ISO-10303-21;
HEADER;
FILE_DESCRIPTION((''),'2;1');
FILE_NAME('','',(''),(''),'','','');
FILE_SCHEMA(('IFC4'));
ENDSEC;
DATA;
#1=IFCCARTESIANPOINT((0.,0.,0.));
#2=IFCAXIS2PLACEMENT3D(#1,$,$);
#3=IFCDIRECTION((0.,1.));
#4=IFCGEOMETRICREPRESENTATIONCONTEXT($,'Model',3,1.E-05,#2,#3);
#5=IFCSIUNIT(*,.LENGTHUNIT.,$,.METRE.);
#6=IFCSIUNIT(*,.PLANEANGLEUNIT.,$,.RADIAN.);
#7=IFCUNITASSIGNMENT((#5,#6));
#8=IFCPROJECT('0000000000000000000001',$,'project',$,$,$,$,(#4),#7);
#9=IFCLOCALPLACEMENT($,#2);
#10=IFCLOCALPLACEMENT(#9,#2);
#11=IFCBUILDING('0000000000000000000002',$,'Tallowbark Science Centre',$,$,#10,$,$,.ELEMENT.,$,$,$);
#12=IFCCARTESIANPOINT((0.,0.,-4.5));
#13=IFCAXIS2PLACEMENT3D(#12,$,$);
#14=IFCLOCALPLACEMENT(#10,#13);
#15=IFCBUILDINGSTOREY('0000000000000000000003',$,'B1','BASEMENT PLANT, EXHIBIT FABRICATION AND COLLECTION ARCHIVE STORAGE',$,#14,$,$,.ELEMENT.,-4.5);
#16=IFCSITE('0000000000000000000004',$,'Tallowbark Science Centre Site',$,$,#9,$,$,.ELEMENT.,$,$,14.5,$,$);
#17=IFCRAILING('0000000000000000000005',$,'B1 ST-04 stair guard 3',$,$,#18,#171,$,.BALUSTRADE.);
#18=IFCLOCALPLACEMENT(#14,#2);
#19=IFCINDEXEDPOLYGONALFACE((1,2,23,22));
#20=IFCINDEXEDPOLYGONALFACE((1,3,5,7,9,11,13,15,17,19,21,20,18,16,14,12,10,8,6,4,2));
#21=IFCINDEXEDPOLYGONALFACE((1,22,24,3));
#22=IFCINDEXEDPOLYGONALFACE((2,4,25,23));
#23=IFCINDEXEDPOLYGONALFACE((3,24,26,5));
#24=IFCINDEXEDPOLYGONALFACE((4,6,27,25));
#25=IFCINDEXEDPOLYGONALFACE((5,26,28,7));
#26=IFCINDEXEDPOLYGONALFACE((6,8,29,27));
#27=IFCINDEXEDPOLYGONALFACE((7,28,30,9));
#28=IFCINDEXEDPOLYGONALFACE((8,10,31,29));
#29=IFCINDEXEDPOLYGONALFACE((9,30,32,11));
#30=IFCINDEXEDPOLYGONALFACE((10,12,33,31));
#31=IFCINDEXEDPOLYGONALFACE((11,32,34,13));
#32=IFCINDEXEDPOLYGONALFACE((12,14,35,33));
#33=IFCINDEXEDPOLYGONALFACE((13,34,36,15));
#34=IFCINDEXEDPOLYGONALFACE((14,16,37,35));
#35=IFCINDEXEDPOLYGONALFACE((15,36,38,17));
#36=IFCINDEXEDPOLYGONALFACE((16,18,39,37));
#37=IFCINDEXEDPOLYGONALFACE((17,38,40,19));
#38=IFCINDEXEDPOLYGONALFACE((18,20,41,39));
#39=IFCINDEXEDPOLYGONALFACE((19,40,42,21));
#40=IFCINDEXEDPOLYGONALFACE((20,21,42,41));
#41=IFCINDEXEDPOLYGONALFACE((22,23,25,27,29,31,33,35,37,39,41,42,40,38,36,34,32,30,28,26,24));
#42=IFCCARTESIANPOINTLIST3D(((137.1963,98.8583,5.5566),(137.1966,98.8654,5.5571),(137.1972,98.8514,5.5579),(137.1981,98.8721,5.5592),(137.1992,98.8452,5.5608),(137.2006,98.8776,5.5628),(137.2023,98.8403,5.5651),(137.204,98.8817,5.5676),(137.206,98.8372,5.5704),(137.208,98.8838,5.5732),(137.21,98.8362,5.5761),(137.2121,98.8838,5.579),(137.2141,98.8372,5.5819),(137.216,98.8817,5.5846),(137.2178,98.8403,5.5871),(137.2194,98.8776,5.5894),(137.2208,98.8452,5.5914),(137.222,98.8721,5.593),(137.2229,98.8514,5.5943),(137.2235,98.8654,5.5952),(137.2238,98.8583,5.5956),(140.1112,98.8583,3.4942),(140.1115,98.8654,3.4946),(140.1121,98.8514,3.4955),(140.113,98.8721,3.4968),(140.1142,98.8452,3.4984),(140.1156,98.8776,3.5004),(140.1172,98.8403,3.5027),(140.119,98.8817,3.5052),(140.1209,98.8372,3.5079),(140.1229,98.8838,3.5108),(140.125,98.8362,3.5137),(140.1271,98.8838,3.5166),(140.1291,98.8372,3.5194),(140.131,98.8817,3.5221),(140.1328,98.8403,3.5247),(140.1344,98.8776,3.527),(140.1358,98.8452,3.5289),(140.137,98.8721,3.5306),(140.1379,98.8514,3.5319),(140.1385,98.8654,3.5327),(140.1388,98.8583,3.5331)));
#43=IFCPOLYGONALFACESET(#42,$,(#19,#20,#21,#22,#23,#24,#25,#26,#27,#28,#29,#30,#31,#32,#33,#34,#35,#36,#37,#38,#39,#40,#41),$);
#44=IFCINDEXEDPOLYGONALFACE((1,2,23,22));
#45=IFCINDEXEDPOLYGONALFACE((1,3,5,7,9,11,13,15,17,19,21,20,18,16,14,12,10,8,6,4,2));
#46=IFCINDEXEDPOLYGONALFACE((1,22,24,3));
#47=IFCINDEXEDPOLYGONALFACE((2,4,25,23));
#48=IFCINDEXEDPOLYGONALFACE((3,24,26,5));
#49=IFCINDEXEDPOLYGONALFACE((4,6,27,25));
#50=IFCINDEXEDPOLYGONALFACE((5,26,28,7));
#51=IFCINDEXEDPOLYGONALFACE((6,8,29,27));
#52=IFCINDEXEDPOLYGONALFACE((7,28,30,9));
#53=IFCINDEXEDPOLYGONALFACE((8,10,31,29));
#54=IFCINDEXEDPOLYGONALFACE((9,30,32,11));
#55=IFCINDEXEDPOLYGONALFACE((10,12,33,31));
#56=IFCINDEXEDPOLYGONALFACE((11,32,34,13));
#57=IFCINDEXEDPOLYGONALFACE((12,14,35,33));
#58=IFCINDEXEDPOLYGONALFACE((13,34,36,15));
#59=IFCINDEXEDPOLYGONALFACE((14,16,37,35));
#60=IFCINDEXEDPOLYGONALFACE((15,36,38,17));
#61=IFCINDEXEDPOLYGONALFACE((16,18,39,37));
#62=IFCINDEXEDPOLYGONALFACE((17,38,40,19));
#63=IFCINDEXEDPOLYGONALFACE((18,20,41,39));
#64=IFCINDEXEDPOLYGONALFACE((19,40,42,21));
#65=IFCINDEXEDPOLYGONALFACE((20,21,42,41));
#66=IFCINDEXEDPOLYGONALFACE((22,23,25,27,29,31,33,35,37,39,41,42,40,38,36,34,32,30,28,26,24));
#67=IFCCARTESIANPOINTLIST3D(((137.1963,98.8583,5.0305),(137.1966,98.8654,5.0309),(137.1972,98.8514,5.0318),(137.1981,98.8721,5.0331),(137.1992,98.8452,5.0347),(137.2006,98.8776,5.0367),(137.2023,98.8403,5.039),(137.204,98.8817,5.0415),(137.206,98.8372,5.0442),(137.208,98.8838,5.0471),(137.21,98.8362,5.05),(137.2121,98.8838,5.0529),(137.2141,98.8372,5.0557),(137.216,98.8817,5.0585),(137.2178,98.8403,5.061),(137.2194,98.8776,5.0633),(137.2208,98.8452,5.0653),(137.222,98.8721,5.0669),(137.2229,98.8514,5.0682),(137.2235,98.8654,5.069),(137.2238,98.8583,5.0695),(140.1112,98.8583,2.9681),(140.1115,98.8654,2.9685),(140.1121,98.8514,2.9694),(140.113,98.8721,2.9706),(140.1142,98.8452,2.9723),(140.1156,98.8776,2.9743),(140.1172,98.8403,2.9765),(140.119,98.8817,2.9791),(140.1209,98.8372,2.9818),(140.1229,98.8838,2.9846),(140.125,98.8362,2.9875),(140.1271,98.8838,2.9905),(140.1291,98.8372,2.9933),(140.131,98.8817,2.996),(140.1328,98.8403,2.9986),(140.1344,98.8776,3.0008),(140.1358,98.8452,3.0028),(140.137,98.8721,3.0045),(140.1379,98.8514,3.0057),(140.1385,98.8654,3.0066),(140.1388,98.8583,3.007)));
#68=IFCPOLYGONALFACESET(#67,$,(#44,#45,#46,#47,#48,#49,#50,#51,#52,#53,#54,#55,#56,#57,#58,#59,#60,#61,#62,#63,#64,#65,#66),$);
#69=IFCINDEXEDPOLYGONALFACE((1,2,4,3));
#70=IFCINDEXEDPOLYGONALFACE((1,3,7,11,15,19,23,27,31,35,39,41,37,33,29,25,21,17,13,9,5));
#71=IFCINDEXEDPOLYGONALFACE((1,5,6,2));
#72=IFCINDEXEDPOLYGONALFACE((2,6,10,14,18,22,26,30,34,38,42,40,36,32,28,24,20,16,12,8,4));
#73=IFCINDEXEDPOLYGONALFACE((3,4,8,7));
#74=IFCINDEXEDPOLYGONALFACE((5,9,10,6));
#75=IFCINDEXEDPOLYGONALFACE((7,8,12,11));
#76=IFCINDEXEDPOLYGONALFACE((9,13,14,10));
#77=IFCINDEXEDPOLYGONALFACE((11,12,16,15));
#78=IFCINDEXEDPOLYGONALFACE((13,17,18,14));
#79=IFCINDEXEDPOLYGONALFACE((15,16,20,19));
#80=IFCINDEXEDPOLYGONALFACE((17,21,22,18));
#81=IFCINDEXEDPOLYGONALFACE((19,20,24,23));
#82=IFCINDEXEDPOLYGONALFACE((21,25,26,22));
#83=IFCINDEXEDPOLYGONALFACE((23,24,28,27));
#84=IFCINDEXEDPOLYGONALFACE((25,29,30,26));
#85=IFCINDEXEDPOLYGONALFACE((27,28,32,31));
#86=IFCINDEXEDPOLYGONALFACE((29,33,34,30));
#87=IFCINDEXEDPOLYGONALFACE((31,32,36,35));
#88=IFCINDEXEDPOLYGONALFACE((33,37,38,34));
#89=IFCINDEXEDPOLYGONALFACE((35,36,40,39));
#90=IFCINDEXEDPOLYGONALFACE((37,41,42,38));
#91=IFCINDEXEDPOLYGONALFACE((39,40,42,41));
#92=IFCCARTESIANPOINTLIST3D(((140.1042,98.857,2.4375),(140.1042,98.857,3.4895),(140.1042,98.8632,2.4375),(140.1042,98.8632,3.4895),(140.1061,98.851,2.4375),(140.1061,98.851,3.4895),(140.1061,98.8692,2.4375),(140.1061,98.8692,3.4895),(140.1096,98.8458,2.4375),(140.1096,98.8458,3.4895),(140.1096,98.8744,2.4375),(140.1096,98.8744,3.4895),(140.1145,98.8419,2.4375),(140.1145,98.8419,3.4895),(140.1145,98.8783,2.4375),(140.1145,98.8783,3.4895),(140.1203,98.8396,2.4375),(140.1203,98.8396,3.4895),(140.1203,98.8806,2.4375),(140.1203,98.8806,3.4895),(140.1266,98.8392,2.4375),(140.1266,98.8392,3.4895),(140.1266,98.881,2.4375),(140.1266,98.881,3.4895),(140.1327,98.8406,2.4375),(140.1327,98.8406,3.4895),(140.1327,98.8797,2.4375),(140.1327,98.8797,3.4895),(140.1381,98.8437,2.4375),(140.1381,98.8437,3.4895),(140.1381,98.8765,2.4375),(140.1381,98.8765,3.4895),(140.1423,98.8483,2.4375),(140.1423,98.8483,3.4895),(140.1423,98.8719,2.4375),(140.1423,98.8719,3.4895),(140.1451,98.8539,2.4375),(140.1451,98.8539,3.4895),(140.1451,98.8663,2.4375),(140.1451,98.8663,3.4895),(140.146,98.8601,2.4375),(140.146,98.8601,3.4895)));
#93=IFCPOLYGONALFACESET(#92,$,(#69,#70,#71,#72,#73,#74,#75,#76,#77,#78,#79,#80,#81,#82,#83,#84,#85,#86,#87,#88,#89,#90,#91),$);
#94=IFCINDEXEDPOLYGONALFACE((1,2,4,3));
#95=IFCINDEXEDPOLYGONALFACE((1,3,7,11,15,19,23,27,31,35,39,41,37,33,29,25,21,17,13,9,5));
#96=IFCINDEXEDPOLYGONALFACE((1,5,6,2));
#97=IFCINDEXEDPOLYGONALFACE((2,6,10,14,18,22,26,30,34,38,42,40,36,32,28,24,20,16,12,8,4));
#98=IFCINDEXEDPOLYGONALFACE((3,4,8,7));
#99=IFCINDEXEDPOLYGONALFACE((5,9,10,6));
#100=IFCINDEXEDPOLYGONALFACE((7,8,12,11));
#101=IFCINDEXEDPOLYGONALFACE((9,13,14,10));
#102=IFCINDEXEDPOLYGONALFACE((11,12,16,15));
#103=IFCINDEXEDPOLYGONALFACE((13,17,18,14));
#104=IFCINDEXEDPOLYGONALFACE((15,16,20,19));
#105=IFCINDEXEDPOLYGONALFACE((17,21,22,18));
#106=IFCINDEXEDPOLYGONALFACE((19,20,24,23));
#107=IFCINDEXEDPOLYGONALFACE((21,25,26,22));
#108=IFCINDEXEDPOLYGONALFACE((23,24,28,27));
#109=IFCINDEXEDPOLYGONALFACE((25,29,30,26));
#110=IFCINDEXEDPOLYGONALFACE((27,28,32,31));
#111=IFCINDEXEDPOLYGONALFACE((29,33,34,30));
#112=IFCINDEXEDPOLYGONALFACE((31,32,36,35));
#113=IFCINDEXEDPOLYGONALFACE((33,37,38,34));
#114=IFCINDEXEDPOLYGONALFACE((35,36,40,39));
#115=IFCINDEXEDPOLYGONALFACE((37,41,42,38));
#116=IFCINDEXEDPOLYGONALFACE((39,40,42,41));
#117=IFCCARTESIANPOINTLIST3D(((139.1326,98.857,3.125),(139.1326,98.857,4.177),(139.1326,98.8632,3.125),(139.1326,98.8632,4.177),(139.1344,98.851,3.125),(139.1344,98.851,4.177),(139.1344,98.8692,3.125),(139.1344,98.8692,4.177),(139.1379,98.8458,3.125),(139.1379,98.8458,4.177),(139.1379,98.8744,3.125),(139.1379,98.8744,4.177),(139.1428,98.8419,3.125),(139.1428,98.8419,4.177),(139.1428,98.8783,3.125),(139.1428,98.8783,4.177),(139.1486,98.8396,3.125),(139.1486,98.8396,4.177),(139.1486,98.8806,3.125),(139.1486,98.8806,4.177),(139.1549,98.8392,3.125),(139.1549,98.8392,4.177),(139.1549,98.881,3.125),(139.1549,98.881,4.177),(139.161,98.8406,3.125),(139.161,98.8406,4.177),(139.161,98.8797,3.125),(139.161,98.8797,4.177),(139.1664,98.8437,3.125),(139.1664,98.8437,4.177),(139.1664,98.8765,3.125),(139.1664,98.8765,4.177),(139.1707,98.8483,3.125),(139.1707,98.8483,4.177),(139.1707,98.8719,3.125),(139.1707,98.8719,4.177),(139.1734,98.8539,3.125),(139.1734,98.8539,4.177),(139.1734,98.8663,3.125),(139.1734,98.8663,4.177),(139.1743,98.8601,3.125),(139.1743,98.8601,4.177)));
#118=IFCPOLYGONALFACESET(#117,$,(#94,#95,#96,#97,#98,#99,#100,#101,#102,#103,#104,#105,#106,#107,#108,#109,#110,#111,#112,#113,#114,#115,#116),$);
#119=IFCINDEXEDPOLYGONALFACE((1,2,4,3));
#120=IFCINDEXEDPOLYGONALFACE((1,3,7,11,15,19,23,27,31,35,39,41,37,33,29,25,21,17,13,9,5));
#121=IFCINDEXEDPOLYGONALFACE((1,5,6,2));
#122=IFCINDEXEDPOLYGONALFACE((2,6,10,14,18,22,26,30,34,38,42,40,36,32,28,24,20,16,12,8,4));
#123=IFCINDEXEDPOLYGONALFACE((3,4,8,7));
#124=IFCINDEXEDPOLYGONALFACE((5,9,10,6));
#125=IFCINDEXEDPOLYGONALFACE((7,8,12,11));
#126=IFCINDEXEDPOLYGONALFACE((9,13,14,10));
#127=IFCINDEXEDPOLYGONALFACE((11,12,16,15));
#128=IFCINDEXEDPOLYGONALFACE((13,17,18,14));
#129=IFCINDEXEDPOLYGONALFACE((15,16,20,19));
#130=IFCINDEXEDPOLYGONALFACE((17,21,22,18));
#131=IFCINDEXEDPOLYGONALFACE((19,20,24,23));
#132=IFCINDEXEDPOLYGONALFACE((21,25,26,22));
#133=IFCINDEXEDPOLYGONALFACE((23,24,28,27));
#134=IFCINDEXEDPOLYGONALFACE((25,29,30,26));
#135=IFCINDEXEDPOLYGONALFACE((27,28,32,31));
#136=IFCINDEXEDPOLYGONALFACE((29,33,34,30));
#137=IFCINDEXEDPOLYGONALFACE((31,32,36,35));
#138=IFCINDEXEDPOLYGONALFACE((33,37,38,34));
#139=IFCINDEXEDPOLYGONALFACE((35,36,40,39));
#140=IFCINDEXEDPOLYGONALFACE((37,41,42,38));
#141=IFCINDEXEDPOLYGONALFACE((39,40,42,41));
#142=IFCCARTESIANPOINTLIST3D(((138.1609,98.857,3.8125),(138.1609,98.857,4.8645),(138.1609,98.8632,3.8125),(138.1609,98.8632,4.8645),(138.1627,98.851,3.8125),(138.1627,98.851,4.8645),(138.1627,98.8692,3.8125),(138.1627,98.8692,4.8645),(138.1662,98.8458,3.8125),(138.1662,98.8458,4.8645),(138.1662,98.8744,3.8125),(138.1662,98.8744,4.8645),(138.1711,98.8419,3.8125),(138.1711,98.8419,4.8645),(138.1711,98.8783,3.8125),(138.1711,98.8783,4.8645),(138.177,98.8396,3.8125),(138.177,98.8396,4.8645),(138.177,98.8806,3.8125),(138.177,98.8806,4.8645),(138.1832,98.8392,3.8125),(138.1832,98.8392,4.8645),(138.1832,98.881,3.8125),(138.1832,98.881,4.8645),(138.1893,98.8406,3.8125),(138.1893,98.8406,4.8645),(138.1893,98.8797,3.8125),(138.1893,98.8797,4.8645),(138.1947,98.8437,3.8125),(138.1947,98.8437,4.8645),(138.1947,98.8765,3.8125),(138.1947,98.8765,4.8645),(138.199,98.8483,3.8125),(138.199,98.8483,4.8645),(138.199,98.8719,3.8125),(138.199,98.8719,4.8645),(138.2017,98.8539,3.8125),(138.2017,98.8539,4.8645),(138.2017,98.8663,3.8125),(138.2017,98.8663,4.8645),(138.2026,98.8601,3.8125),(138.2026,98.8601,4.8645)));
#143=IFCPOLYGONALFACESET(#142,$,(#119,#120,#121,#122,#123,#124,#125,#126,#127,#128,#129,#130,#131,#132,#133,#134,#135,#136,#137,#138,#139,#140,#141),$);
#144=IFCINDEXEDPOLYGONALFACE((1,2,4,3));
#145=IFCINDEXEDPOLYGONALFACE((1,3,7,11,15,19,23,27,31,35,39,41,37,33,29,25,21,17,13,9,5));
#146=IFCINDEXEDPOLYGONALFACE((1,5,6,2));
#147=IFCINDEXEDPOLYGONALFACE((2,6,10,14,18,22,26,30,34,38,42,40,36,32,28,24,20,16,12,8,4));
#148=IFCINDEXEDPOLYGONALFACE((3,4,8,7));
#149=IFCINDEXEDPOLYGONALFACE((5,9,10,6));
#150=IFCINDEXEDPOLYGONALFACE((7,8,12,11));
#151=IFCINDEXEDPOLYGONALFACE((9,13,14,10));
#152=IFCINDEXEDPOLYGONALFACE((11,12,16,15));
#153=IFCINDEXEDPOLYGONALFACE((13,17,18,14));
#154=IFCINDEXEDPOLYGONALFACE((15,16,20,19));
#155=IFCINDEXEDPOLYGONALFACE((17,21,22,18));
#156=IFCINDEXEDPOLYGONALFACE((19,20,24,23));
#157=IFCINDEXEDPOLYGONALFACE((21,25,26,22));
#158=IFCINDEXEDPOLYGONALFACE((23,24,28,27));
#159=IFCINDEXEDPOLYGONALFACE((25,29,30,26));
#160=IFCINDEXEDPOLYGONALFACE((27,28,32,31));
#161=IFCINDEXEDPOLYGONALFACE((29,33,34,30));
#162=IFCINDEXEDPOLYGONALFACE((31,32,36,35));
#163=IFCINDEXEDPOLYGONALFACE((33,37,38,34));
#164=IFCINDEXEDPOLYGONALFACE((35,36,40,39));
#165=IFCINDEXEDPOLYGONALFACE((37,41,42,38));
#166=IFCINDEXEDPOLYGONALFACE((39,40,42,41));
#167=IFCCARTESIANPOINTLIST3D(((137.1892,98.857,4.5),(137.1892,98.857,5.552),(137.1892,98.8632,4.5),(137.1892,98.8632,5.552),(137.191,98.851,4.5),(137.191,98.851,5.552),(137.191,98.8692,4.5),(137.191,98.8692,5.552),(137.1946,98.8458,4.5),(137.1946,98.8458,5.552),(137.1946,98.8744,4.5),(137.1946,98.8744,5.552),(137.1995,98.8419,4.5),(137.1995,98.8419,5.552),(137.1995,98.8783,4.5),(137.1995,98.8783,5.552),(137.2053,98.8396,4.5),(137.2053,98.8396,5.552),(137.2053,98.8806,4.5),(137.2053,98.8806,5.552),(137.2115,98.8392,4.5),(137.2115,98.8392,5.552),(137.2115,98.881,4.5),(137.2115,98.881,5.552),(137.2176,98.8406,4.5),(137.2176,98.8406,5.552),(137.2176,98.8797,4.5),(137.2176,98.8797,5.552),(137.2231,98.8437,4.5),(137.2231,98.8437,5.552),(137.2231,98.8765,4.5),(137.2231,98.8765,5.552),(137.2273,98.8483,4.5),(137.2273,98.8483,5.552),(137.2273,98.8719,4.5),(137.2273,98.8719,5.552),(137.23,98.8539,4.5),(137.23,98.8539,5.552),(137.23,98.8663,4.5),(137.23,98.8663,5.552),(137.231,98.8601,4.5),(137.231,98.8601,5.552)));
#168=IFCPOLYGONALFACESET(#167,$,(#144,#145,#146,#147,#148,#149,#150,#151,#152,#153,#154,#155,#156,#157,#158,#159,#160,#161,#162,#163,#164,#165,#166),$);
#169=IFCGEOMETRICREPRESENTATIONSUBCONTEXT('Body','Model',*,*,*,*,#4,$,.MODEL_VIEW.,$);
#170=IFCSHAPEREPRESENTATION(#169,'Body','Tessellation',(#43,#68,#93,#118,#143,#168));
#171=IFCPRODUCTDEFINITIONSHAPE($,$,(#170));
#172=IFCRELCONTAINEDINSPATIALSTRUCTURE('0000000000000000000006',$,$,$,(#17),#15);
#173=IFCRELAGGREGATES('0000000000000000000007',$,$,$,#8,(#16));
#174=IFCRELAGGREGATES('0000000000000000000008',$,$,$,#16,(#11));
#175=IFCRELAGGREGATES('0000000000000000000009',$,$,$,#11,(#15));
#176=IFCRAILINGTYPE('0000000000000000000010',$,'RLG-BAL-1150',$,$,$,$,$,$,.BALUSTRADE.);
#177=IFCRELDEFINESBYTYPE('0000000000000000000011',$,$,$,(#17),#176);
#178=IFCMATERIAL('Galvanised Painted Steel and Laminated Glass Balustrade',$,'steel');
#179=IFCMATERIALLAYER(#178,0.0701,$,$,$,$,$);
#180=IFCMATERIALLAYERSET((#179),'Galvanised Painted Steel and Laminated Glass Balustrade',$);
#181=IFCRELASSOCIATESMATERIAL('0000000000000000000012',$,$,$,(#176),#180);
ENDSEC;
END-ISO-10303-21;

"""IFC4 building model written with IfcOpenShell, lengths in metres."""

from ifc_helpers import new_model, si_unit, direction, frame, origin, origin_2d, place, context, subcontext, project, spatial, circle, extrude, material, layer, layer_set, type_object, element, save


model = new_model("IFC4")

# Units and contexts
model_context = context("Model", 3, precision=1e-05, world=origin(), true_north=direction((0.0, 1.0)))
body_context = subcontext(model_context, "Body", "Model", "MODEL_VIEW")
ifc_project = project(units=[si_unit("LENGTHUNIT", "METRE"), si_unit("PLANEANGLEUNIT", "RADIAN")], contexts=[model_context])

# Site, building, storey
site_placement = place(None, origin())
site = spatial("IfcSite", under=ifc_project, at=site_placement, Name="Tallowbark Science Centre Site", CompositionType="ELEMENT", RefElevation=14.5)
building_placement = place(site_placement, origin())
building = spatial("IfcBuilding", under=site, at=building_placement, Name="Tallowbark Science Centre", CompositionType="ELEMENT")
storey_placement = place(building_placement, frame((0.0, 0.0, -4.5)))
storey = spatial("IfcBuildingStorey", under=building, at=storey_placement, Name="B1", Description="BASEMENT PLANT, EXHIBIT FABRICATION AND COLLECTION ARCHIVE STORAGE", CompositionType="ELEMENT", Elevation=-4.5)

# Railing
ifc_material_1 = material(Name="Galvanised Painted Steel and Laminated Glass Balustrade", Category="steel")
ifc_layer_1 = layer(ifc_material_1, 0.0701)
ifc_layer_set_1 = layer_set([ifc_layer_1], Name="Galvanised Painted Steel and Laminated Glass Balustrade")
railing_type_1 = type_object("IfcRailingType", Name="RLG-BAL-1150", PredefinedType="BALUSTRADE", material=ifc_layer_set_1)
railing_1_placement = place(storey_placement, frame((140.125, 98.8601, 2.4375)))
element("IfcRailing", 1, at=railing_1_placement, inside=storey, type_object=railing_type_1, Name="B1 ST-04 stair guard 3", PredefinedType="BALUSTRADE", context=body_context, shape_type="SweptSolid", body=[
    extrude(circle(Radius=0.0239, at=origin_2d()), frame((0.0, 0.0, 1.0762), z_axis=(-0.816331, 0.0, 0.577585), x_axis=(0.0, -1.0, 0.0)), (0.0, 0.0, 1.0), 3.5708),
    extrude(circle(Radius=0.0239, at=origin_2d()), frame((0.0, 0.0, 0.55), z_axis=(-0.816331, 0.0, 0.577585), x_axis=(0.0, -1.0, 0.0)), (0.0, 0.0, 1.0), 3.5708),
    extrude(circle(Radius=0.021, at=origin_2d()), origin(), (0.0, 0.0, 1.0), 1.052),
    extrude(circle(Radius=0.021, at=origin_2d()), frame((-0.9717, 0.0, 0.6875)), (0.0, 0.0, 1.0), 1.052),
    extrude(circle(Radius=0.021, at=origin_2d()), frame((-1.9434, 0.0, 1.375)), (0.0, 0.0, 1.0), 1.052),
    extrude(circle(Radius=0.021, at=origin_2d()), frame((-2.915, 0.0, 2.0625)), (0.0, 0.0, 1.0), 1.052),
])

save(model, "model.ifc")
